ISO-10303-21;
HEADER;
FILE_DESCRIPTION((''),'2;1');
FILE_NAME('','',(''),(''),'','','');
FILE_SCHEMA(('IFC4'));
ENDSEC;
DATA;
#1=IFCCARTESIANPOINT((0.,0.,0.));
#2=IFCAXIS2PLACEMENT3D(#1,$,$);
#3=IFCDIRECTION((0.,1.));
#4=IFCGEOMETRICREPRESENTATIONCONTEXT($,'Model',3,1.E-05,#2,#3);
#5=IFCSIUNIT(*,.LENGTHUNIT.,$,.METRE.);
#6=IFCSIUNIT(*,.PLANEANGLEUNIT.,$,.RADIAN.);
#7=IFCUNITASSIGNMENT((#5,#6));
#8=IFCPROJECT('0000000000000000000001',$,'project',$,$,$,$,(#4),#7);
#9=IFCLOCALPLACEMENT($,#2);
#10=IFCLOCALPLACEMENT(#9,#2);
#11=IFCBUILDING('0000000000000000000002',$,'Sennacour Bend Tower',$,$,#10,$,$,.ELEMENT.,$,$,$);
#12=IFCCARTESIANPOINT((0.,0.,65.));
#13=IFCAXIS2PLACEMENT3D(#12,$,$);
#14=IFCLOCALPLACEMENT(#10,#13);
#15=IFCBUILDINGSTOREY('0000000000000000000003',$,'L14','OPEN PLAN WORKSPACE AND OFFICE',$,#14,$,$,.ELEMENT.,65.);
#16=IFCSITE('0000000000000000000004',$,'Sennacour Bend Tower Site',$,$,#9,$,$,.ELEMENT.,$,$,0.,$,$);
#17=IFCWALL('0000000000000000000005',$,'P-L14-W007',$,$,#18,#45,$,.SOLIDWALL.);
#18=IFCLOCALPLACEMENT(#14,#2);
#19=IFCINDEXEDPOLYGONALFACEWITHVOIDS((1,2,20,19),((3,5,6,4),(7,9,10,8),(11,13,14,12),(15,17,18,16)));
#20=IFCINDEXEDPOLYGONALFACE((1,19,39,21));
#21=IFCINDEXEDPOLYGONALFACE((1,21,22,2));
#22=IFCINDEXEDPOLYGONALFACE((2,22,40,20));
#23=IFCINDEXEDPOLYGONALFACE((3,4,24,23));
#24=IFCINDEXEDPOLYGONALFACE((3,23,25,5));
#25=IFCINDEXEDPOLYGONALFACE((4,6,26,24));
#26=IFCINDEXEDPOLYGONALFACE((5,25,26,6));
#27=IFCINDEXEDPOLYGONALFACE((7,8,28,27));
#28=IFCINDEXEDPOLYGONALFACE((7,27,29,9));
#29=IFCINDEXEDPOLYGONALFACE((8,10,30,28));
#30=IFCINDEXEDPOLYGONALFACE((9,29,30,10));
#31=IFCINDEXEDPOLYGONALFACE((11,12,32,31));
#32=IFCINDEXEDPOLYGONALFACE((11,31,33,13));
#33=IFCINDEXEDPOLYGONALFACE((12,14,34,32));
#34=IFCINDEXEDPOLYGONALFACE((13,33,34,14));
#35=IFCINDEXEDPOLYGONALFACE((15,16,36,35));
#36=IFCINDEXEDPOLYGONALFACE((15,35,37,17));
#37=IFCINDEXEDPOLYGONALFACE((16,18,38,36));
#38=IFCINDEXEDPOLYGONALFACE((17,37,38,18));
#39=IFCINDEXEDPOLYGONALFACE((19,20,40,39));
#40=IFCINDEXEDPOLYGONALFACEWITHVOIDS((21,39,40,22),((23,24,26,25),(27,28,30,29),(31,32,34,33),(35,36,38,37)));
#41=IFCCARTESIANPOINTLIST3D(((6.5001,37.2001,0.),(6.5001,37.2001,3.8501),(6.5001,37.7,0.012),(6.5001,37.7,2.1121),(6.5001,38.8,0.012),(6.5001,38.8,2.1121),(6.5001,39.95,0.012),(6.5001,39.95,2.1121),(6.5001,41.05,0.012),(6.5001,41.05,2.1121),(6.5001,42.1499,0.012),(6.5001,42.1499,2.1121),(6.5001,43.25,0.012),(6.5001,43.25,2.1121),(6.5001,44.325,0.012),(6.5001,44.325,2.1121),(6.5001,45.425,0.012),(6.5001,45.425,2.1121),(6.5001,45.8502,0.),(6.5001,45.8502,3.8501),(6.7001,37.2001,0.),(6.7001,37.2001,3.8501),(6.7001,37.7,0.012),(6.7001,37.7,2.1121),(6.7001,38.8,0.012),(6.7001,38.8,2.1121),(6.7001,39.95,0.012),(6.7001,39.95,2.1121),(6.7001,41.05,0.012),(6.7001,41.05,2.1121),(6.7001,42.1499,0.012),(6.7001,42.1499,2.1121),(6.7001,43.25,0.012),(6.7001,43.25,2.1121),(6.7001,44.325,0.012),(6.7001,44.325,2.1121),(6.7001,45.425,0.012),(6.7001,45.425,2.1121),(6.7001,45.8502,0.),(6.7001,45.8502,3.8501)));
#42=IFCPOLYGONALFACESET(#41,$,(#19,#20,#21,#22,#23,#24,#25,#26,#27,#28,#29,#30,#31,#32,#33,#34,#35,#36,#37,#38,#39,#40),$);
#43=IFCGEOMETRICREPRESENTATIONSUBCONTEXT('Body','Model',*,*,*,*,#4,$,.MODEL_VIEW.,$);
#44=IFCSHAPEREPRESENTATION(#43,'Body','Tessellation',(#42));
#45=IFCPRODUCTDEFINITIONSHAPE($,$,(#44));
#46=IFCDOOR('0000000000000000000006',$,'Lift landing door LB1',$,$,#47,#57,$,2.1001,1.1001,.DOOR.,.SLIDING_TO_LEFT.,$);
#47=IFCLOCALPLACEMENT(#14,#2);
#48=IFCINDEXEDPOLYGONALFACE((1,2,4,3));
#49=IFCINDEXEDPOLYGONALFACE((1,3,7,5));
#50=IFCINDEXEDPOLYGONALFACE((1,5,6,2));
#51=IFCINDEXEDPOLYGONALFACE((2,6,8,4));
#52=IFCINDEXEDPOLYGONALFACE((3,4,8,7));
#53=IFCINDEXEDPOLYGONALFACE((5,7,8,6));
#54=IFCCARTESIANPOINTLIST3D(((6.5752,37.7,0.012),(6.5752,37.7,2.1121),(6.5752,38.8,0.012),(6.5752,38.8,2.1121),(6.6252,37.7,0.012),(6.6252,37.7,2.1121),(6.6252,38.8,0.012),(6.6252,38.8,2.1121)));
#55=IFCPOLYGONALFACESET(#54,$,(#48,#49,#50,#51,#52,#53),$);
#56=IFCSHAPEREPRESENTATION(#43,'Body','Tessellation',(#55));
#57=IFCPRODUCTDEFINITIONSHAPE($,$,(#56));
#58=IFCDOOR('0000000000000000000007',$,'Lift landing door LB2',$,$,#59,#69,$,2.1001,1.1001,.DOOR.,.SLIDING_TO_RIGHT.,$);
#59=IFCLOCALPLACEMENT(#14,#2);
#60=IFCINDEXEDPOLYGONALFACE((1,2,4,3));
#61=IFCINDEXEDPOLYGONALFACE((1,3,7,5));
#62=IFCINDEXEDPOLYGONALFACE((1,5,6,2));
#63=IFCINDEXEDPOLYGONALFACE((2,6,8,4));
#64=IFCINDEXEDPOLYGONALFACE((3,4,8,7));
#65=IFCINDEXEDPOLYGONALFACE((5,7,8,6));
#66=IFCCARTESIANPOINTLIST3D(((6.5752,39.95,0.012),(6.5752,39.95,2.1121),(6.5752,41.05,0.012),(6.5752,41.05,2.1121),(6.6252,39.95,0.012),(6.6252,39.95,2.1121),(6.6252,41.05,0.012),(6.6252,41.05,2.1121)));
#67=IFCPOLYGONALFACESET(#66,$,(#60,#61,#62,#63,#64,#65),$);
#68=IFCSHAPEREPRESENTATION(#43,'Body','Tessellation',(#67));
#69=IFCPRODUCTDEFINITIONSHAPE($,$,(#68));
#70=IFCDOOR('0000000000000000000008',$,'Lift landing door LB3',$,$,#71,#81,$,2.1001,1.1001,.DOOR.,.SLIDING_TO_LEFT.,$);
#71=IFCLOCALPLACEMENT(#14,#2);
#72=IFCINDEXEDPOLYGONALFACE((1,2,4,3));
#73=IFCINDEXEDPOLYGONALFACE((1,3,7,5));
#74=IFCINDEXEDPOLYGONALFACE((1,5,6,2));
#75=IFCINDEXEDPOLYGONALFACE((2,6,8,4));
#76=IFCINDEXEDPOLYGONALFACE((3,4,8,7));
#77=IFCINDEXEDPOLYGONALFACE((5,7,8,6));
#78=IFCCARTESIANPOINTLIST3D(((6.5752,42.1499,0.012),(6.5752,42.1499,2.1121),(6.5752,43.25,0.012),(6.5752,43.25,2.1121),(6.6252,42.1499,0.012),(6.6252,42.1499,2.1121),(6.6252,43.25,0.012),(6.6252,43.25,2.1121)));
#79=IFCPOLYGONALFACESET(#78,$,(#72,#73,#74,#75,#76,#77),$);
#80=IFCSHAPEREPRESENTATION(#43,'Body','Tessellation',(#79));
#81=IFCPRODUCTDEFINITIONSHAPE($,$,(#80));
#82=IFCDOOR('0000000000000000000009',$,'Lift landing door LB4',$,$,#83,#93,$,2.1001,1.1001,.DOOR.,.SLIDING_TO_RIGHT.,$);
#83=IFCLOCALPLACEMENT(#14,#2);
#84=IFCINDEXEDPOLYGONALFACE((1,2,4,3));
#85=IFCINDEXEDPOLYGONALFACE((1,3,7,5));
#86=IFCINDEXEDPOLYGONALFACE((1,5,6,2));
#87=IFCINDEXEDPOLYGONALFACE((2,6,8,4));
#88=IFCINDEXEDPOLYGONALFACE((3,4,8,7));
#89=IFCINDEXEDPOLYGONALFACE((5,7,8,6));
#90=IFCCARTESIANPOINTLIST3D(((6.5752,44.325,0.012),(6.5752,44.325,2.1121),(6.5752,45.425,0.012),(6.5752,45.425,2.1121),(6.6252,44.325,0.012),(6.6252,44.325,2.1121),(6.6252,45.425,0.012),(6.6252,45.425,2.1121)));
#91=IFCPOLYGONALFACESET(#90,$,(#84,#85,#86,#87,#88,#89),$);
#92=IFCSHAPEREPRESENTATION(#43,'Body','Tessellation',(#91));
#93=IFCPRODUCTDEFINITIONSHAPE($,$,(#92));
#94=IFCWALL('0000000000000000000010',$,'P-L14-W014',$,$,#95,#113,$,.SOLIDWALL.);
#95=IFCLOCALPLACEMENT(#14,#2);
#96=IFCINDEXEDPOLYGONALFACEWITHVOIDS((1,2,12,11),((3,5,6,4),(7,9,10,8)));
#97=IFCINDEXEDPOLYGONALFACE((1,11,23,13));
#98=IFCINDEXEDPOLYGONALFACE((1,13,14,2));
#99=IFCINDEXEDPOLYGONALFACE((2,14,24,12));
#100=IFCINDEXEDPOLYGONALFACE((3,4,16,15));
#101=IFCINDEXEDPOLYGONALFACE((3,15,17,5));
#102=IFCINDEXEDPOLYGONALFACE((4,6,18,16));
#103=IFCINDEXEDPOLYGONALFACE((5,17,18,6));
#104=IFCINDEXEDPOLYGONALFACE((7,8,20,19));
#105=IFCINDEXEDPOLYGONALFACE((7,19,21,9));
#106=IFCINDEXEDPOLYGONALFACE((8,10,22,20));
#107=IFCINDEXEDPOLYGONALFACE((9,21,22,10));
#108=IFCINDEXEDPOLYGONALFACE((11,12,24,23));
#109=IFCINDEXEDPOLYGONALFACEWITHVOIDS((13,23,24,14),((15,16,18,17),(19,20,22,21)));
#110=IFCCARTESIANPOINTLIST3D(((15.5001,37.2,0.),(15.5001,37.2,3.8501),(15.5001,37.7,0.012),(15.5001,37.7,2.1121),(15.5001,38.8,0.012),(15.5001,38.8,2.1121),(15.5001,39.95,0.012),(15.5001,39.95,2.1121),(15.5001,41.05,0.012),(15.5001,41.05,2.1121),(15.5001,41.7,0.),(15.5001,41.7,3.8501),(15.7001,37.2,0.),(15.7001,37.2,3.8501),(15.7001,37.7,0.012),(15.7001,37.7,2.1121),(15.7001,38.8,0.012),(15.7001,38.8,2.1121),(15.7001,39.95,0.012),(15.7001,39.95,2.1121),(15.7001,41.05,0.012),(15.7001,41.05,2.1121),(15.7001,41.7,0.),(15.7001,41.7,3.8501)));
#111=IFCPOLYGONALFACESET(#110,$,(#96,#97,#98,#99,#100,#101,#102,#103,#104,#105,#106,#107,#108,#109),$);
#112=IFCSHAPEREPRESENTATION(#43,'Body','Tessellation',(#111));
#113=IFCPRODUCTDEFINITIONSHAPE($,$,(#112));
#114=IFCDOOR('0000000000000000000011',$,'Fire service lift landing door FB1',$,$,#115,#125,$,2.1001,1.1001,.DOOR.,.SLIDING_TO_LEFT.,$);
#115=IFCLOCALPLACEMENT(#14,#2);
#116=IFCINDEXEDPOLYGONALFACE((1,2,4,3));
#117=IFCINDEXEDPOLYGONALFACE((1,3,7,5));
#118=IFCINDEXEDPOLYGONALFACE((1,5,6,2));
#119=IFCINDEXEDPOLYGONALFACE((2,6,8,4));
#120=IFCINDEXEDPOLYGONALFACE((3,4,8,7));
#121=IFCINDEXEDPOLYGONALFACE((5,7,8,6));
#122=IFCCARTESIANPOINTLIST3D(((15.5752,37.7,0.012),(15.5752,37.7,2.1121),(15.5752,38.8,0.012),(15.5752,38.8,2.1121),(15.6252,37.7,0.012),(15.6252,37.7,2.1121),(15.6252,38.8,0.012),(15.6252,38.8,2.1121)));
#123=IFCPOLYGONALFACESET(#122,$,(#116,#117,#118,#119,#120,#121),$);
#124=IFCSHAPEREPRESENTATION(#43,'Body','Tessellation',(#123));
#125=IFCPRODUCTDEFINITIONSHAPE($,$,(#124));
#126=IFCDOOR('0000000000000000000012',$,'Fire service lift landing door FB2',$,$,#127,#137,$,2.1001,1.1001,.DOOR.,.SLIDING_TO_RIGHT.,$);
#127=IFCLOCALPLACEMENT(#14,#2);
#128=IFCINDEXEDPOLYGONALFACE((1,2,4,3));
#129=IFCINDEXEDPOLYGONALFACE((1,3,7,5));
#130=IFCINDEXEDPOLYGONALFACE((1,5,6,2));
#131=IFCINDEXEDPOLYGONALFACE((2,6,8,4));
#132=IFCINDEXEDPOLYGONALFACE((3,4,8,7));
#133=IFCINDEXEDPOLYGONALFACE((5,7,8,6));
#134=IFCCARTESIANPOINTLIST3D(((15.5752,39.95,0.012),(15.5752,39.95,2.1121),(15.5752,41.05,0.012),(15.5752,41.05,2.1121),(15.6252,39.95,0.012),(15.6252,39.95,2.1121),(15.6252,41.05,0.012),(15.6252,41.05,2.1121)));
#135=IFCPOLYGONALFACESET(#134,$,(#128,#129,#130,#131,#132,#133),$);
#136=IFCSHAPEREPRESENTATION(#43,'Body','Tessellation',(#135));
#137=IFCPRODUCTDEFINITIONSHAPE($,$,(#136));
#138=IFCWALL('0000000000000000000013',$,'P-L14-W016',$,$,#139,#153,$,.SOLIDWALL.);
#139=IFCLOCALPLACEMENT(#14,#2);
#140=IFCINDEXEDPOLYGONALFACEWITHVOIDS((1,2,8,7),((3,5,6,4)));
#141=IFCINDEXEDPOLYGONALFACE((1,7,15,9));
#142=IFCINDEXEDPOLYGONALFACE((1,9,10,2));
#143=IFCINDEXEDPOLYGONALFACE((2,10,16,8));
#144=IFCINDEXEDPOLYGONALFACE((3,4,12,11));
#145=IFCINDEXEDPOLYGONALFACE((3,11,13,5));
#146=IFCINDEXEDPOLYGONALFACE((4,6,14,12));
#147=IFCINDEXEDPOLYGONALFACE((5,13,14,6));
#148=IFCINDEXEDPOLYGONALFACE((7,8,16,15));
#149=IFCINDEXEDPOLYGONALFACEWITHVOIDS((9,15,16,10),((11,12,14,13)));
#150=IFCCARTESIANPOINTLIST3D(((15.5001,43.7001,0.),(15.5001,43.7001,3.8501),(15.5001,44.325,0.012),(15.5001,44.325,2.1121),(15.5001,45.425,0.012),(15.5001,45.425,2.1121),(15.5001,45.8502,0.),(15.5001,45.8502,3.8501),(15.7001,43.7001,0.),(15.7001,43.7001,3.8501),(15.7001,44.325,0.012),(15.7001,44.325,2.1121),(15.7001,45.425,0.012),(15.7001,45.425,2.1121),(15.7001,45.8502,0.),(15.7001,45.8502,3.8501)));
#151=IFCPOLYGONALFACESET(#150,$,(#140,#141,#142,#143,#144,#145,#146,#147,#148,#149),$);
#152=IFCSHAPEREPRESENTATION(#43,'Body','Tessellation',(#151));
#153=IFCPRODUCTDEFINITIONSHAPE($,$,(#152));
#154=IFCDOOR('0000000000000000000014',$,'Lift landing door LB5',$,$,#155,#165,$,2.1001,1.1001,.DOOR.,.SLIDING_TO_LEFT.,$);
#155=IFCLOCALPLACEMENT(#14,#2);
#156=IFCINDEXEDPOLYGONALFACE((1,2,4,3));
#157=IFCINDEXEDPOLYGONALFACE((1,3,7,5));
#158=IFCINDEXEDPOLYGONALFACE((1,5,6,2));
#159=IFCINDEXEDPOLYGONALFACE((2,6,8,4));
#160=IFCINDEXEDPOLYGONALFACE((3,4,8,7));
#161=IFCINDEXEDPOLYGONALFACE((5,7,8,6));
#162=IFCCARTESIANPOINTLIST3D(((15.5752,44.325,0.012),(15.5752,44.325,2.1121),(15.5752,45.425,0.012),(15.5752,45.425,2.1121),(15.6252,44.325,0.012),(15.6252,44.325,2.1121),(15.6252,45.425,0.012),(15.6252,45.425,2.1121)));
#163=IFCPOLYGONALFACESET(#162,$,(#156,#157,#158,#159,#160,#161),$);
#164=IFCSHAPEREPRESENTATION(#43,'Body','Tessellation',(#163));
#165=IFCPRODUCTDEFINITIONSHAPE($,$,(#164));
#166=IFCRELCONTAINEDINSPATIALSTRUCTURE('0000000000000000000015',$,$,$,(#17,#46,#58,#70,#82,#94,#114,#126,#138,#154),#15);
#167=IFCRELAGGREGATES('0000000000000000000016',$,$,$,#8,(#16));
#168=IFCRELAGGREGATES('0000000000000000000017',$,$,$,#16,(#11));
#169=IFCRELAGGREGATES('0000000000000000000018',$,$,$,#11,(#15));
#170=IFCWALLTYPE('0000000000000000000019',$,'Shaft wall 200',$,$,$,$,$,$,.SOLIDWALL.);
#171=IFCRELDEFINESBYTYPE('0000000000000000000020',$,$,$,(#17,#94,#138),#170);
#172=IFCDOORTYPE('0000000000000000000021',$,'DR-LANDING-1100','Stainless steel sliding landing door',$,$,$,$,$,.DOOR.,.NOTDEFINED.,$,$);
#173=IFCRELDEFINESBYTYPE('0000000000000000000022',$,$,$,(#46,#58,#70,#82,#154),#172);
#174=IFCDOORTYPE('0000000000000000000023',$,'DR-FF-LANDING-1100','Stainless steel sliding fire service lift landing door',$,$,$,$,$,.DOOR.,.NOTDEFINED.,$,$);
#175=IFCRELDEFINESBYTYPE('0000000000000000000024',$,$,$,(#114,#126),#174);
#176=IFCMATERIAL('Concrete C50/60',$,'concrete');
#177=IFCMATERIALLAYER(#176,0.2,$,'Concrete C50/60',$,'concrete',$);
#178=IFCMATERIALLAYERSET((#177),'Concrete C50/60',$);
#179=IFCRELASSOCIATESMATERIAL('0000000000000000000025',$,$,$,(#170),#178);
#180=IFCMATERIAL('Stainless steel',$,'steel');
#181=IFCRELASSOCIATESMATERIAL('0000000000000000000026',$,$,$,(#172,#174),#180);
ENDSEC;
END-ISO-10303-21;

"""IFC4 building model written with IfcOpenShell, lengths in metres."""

from ifc_helpers import new_model, si_unit, direction, frame, frame_2d, origin, place, context, subcontext, project, spatial, rectangle, extrude, material, layer, layer_set, type_object, element, fill, save


model = new_model("IFC4")

# Units and contexts
model_context = context("Model", 3, precision=1e-05, world=origin(), true_north=direction((0.0, 1.0)))
body_context = subcontext(model_context, "Body", "Model", "MODEL_VIEW")
ifc_project = project(units=[si_unit("LENGTHUNIT", "METRE"), si_unit("PLANEANGLEUNIT", "RADIAN")], contexts=[model_context])

# Site, building, storey
site_placement = place(None, origin())
site = spatial("IfcSite", under=ifc_project, at=site_placement, Name="Sennacour Bend Tower Site", CompositionType="ELEMENT", RefElevation=0.0)
building_placement = place(site_placement, origin())
building = spatial("IfcBuilding", under=site, at=building_placement, Name="Sennacour Bend Tower", CompositionType="ELEMENT")
storey_placement = place(building_placement, frame((0.0, 0.0, 65.0)))
storey = spatial("IfcBuildingStorey", under=building, at=storey_placement, Name="L14", Description="OPEN PLAN WORKSPACE AND OFFICE", CompositionType="ELEMENT", Elevation=65.0)

# Walls, openings, doors
ifc_material_1 = material(Name="Concrete C50/60", Category="concrete")
ifc_layer_1 = layer(ifc_material_1, 0.2, Name="Concrete C50/60", Category="concrete")
ifc_layer_set_1 = layer_set([ifc_layer_1], Name="Concrete C50/60")
wall_type_1 = type_object("IfcWallType", Name="Shaft wall 200", PredefinedType="SOLIDWALL", material=ifc_layer_set_1)
wall_1_placement = place(storey_placement, frame((6.6001, 37.2, 0.0), z_axis=(0.0, 0.0, 1.0), x_axis=(0.0, 1.0, 0.0)))
wall_1 = element("IfcWall", 1, at=wall_1_placement, inside=storey, type_object=wall_type_1, Name="P-L14-W007", PredefinedType="SOLIDWALL", context=body_context, shape_type="SweptSolid", body=[
    extrude(rectangle(XDim=8.6501, YDim=0.2, at=frame_2d((4.3252, 0.0))), origin(), (0.0, 0.0, 1.0), 3.8501),
])
opening_1_placement = place(wall_1_placement, frame((0.5, 0.0, 0.012)))
opening_1 = element("IfcOpeningElement", 2, at=opening_1_placement, cuts=wall_1, PredefinedType="OPENING", context=body_context, shape_type="SweptSolid", body=[
    extrude(rectangle(XDim=1.1001, YDim=2.1001, at=frame_2d((0.55, 1.05))), frame((0.0, 0.1099, 0.0), z_axis=(0.0, -1.0, 0.0), x_axis=(1.0, 0.0, 0.0)), (0.0, 0.0, 1.0), 0.22),
])
opening_2_placement = place(wall_1_placement, frame((2.75, 0.0, 0.012)))
opening_2 = element("IfcOpeningElement", 3, at=opening_2_placement, cuts=wall_1, PredefinedType="OPENING", context=body_context, shape_type="SweptSolid", body=[
    extrude(rectangle(XDim=1.1001, YDim=2.1001, at=frame_2d((0.55, 1.05))), frame((0.0, 0.1099, 0.0), z_axis=(0.0, -1.0, 0.0), x_axis=(1.0, 0.0, 0.0)), (0.0, 0.0, 1.0), 0.22),
])
opening_3_placement = place(wall_1_placement, frame((4.95, 0.0, 0.012)))
opening_3 = element("IfcOpeningElement", 4, at=opening_3_placement, cuts=wall_1, PredefinedType="OPENING", context=body_context, shape_type="SweptSolid", body=[
    extrude(rectangle(XDim=1.1001, YDim=2.1001, at=frame_2d((0.55, 1.05))), frame((0.0, 0.1099, 0.0), z_axis=(0.0, -1.0, 0.0), x_axis=(1.0, 0.0, 0.0)), (0.0, 0.0, 1.0), 0.22),
])
opening_4_placement = place(wall_1_placement, frame((7.125, 0.0, 0.012)))
opening_4 = element("IfcOpeningElement", 5, at=opening_4_placement, cuts=wall_1, PredefinedType="OPENING", context=body_context, shape_type="SweptSolid", body=[
    extrude(rectangle(XDim=1.1001, YDim=2.1001, at=frame_2d((0.55, 1.05))), frame((0.0, 0.1099, 0.0), z_axis=(0.0, -1.0, 0.0), x_axis=(1.0, 0.0, 0.0)), (0.0, 0.0, 1.0), 0.22),
])
ifc_material_2 = material(Name="Stainless steel", Category="steel")
door_type_1 = type_object("IfcDoorType", Name="DR-LANDING-1100", Description="Stainless steel sliding landing door", OperationType="NOTDEFINED", PredefinedType="DOOR", material=ifc_material_2)
door_1_placement = place(opening_1_placement, origin())
door_1 = element("IfcDoor", 6, at=door_1_placement, inside=storey, type_object=door_type_1, Name="Lift landing door LB1", OperationType="SLIDING_TO_LEFT", OverallHeight=2.1001, OverallWidth=1.1001, PredefinedType="DOOR", context=body_context, shape_type="SweptSolid", body=[
    extrude(rectangle(XDim=1.1001, YDim=2.1001, at=frame_2d((0.55, 1.05))), frame((0.0, 0.0249, 0.0), z_axis=(0.0, -1.0, 0.0), x_axis=(1.0, 0.0, 0.0)), (0.0, 0.0, 1.0), 0.05),
])
fill(opening_1, door_1)
door_2_placement = place(opening_2_placement, origin())
door_2 = element("IfcDoor", 7, at=door_2_placement, inside=storey, type_object=door_type_1, Name="Lift landing door LB2", OperationType="SLIDING_TO_RIGHT", OverallHeight=2.1001, OverallWidth=1.1001, PredefinedType="DOOR", context=body_context, shape_type="SweptSolid", body=[
    extrude(rectangle(XDim=1.1001, YDim=2.1001, at=frame_2d((0.55, 1.05))), frame((0.0, 0.0249, 0.0), z_axis=(0.0, -1.0, 0.0), x_axis=(1.0, 0.0, 0.0)), (0.0, 0.0, 1.0), 0.05),
])
fill(opening_2, door_2)
door_3_placement = place(opening_3_placement, origin())
door_3 = element("IfcDoor", 8, at=door_3_placement, inside=storey, type_object=door_type_1, Name="Lift landing door LB3", OperationType="SLIDING_TO_LEFT", OverallHeight=2.1001, OverallWidth=1.1001, PredefinedType="DOOR", context=body_context, shape_type="SweptSolid", body=[
    extrude(rectangle(XDim=1.1001, YDim=2.1001, at=frame_2d((0.55, 1.05))), frame((0.0, 0.0249, 0.0), z_axis=(0.0, -1.0, 0.0), x_axis=(1.0, 0.0, 0.0)), (0.0, 0.0, 1.0), 0.05),
])
fill(opening_3, door_3)
door_4_placement = place(opening_4_placement, origin())
door_4 = element("IfcDoor", 9, at=door_4_placement, inside=storey, type_object=door_type_1, Name="Lift landing door LB4", OperationType="SLIDING_TO_RIGHT", OverallHeight=2.1001, OverallWidth=1.1001, PredefinedType="DOOR", context=body_context, shape_type="SweptSolid", body=[
    extrude(rectangle(XDim=1.1001, YDim=2.1001, at=frame_2d((0.55, 1.05))), frame((0.0, 0.0249, 0.0), z_axis=(0.0, -1.0, 0.0), x_axis=(1.0, 0.0, 0.0)), (0.0, 0.0, 1.0), 0.05),
])
fill(opening_4, door_4)
wall_2_placement = place(storey_placement, frame((15.6001, 37.2, 0.0), z_axis=(0.0, 0.0, 1.0), x_axis=(0.0, 1.0, 0.0)))
wall_2 = element("IfcWall", 10, at=wall_2_placement, inside=storey, type_object=wall_type_1, Name="P-L14-W014", PredefinedType="SOLIDWALL", context=body_context, shape_type="SweptSolid", body=[
    extrude(rectangle(XDim=4.5, YDim=0.2, at=frame_2d((2.25, 0.0))), origin(), (0.0, 0.0, 1.0), 3.8501),
])
opening_5_placement = place(wall_2_placement, frame((0.5, 0.0, 0.012)))
opening_5 = element("IfcOpeningElement", 11, at=opening_5_placement, cuts=wall_2, PredefinedType="OPENING", context=body_context, shape_type="SweptSolid", body=[
    extrude(rectangle(XDim=1.1001, YDim=2.1001, at=frame_2d((0.55, 1.05))), frame((0.0, 0.1099, 0.0), z_axis=(0.0, -1.0, 0.0), x_axis=(1.0, 0.0, 0.0)), (0.0, 0.0, 1.0), 0.22),
])
opening_6_placement = place(wall_2_placement, frame((2.75, 0.0, 0.012)))
opening_6 = element("IfcOpeningElement", 12, at=opening_6_placement, cuts=wall_2, PredefinedType="OPENING", context=body_context, shape_type="SweptSolid", body=[
    extrude(rectangle(XDim=1.1001, YDim=2.1001, at=frame_2d((0.55, 1.05))), frame((0.0, 0.1099, 0.0), z_axis=(0.0, -1.0, 0.0), x_axis=(1.0, 0.0, 0.0)), (0.0, 0.0, 1.0), 0.22),
])
door_type_2 = type_object("IfcDoorType", Name="DR-FF-LANDING-1100", Description="Stainless steel sliding fire service lift landing door", OperationType="NOTDEFINED", PredefinedType="DOOR", material=ifc_material_2)
door_5_placement = place(opening_5_placement, origin())
door_5 = element("IfcDoor", 13, at=door_5_placement, inside=storey, type_object=door_type_2, Name="Fire service lift landing door FB1", OperationType="SLIDING_TO_LEFT", OverallHeight=2.1001, OverallWidth=1.1001, PredefinedType="DOOR", context=body_context, shape_type="SweptSolid", body=[
    extrude(rectangle(XDim=1.1001, YDim=2.1001, at=frame_2d((0.55, 1.05))), frame((0.0, 0.0249, 0.0), z_axis=(0.0, -1.0, 0.0), x_axis=(1.0, 0.0, 0.0)), (0.0, 0.0, 1.0), 0.05),
])
fill(opening_5, door_5)
door_6_placement = place(opening_6_placement, origin())
door_6 = element("IfcDoor", 14, at=door_6_placement, inside=storey, type_object=door_type_2, Name="Fire service lift landing door FB2", OperationType="SLIDING_TO_RIGHT", OverallHeight=2.1001, OverallWidth=1.1001, PredefinedType="DOOR", context=body_context, shape_type="SweptSolid", body=[
    extrude(rectangle(XDim=1.1001, YDim=2.1001, at=frame_2d((0.55, 1.05))), frame((0.0, 0.0249, 0.0), z_axis=(0.0, -1.0, 0.0), x_axis=(1.0, 0.0, 0.0)), (0.0, 0.0, 1.0), 0.05),
])
fill(opening_6, door_6)

# Wall, opening, door
wall_3_placement = place(storey_placement, frame((15.6001, 43.7, 0.0), z_axis=(0.0, 0.0, 1.0), x_axis=(0.0, 1.0, 0.0)))
wall_3 = element("IfcWall", 15, at=wall_3_placement, inside=storey, type_object=wall_type_1, Name="P-L14-W016", PredefinedType="SOLIDWALL", context=body_context, shape_type="SweptSolid", body=[
    extrude(rectangle(XDim=2.1501, YDim=0.2, at=frame_2d((1.0752, 0.0))), origin(), (0.0, 0.0, 1.0), 3.8501),
])
opening_7_placement = place(wall_3_placement, frame((0.625, 0.0, 0.012)))
opening_7 = element("IfcOpeningElement", 16, at=opening_7_placement, cuts=wall_3, PredefinedType="OPENING", context=body_context, shape_type="SweptSolid", body=[
    extrude(rectangle(XDim=1.1001, YDim=2.1001, at=frame_2d((0.55, 1.05))), frame((0.0, 0.1099, 0.0), z_axis=(0.0, -1.0, 0.0), x_axis=(1.0, 0.0, 0.0)), (0.0, 0.0, 1.0), 0.22),
])
door_7_placement = place(opening_7_placement, origin())
door_7 = element("IfcDoor", 17, at=door_7_placement, inside=storey, type_object=door_type_1, Name="Lift landing door LB5", OperationType="SLIDING_TO_LEFT", OverallHeight=2.1001, OverallWidth=1.1001, PredefinedType="DOOR", context=body_context, shape_type="SweptSolid", body=[
    extrude(rectangle(XDim=1.1001, YDim=2.1001, at=frame_2d((0.55, 1.05))), frame((0.0, 0.0249, 0.0), z_axis=(0.0, -1.0, 0.0), x_axis=(1.0, 0.0, 0.0)), (0.0, 0.0, 1.0), 0.05),
])
fill(opening_7, door_7)

save(model, "model.ifc")
